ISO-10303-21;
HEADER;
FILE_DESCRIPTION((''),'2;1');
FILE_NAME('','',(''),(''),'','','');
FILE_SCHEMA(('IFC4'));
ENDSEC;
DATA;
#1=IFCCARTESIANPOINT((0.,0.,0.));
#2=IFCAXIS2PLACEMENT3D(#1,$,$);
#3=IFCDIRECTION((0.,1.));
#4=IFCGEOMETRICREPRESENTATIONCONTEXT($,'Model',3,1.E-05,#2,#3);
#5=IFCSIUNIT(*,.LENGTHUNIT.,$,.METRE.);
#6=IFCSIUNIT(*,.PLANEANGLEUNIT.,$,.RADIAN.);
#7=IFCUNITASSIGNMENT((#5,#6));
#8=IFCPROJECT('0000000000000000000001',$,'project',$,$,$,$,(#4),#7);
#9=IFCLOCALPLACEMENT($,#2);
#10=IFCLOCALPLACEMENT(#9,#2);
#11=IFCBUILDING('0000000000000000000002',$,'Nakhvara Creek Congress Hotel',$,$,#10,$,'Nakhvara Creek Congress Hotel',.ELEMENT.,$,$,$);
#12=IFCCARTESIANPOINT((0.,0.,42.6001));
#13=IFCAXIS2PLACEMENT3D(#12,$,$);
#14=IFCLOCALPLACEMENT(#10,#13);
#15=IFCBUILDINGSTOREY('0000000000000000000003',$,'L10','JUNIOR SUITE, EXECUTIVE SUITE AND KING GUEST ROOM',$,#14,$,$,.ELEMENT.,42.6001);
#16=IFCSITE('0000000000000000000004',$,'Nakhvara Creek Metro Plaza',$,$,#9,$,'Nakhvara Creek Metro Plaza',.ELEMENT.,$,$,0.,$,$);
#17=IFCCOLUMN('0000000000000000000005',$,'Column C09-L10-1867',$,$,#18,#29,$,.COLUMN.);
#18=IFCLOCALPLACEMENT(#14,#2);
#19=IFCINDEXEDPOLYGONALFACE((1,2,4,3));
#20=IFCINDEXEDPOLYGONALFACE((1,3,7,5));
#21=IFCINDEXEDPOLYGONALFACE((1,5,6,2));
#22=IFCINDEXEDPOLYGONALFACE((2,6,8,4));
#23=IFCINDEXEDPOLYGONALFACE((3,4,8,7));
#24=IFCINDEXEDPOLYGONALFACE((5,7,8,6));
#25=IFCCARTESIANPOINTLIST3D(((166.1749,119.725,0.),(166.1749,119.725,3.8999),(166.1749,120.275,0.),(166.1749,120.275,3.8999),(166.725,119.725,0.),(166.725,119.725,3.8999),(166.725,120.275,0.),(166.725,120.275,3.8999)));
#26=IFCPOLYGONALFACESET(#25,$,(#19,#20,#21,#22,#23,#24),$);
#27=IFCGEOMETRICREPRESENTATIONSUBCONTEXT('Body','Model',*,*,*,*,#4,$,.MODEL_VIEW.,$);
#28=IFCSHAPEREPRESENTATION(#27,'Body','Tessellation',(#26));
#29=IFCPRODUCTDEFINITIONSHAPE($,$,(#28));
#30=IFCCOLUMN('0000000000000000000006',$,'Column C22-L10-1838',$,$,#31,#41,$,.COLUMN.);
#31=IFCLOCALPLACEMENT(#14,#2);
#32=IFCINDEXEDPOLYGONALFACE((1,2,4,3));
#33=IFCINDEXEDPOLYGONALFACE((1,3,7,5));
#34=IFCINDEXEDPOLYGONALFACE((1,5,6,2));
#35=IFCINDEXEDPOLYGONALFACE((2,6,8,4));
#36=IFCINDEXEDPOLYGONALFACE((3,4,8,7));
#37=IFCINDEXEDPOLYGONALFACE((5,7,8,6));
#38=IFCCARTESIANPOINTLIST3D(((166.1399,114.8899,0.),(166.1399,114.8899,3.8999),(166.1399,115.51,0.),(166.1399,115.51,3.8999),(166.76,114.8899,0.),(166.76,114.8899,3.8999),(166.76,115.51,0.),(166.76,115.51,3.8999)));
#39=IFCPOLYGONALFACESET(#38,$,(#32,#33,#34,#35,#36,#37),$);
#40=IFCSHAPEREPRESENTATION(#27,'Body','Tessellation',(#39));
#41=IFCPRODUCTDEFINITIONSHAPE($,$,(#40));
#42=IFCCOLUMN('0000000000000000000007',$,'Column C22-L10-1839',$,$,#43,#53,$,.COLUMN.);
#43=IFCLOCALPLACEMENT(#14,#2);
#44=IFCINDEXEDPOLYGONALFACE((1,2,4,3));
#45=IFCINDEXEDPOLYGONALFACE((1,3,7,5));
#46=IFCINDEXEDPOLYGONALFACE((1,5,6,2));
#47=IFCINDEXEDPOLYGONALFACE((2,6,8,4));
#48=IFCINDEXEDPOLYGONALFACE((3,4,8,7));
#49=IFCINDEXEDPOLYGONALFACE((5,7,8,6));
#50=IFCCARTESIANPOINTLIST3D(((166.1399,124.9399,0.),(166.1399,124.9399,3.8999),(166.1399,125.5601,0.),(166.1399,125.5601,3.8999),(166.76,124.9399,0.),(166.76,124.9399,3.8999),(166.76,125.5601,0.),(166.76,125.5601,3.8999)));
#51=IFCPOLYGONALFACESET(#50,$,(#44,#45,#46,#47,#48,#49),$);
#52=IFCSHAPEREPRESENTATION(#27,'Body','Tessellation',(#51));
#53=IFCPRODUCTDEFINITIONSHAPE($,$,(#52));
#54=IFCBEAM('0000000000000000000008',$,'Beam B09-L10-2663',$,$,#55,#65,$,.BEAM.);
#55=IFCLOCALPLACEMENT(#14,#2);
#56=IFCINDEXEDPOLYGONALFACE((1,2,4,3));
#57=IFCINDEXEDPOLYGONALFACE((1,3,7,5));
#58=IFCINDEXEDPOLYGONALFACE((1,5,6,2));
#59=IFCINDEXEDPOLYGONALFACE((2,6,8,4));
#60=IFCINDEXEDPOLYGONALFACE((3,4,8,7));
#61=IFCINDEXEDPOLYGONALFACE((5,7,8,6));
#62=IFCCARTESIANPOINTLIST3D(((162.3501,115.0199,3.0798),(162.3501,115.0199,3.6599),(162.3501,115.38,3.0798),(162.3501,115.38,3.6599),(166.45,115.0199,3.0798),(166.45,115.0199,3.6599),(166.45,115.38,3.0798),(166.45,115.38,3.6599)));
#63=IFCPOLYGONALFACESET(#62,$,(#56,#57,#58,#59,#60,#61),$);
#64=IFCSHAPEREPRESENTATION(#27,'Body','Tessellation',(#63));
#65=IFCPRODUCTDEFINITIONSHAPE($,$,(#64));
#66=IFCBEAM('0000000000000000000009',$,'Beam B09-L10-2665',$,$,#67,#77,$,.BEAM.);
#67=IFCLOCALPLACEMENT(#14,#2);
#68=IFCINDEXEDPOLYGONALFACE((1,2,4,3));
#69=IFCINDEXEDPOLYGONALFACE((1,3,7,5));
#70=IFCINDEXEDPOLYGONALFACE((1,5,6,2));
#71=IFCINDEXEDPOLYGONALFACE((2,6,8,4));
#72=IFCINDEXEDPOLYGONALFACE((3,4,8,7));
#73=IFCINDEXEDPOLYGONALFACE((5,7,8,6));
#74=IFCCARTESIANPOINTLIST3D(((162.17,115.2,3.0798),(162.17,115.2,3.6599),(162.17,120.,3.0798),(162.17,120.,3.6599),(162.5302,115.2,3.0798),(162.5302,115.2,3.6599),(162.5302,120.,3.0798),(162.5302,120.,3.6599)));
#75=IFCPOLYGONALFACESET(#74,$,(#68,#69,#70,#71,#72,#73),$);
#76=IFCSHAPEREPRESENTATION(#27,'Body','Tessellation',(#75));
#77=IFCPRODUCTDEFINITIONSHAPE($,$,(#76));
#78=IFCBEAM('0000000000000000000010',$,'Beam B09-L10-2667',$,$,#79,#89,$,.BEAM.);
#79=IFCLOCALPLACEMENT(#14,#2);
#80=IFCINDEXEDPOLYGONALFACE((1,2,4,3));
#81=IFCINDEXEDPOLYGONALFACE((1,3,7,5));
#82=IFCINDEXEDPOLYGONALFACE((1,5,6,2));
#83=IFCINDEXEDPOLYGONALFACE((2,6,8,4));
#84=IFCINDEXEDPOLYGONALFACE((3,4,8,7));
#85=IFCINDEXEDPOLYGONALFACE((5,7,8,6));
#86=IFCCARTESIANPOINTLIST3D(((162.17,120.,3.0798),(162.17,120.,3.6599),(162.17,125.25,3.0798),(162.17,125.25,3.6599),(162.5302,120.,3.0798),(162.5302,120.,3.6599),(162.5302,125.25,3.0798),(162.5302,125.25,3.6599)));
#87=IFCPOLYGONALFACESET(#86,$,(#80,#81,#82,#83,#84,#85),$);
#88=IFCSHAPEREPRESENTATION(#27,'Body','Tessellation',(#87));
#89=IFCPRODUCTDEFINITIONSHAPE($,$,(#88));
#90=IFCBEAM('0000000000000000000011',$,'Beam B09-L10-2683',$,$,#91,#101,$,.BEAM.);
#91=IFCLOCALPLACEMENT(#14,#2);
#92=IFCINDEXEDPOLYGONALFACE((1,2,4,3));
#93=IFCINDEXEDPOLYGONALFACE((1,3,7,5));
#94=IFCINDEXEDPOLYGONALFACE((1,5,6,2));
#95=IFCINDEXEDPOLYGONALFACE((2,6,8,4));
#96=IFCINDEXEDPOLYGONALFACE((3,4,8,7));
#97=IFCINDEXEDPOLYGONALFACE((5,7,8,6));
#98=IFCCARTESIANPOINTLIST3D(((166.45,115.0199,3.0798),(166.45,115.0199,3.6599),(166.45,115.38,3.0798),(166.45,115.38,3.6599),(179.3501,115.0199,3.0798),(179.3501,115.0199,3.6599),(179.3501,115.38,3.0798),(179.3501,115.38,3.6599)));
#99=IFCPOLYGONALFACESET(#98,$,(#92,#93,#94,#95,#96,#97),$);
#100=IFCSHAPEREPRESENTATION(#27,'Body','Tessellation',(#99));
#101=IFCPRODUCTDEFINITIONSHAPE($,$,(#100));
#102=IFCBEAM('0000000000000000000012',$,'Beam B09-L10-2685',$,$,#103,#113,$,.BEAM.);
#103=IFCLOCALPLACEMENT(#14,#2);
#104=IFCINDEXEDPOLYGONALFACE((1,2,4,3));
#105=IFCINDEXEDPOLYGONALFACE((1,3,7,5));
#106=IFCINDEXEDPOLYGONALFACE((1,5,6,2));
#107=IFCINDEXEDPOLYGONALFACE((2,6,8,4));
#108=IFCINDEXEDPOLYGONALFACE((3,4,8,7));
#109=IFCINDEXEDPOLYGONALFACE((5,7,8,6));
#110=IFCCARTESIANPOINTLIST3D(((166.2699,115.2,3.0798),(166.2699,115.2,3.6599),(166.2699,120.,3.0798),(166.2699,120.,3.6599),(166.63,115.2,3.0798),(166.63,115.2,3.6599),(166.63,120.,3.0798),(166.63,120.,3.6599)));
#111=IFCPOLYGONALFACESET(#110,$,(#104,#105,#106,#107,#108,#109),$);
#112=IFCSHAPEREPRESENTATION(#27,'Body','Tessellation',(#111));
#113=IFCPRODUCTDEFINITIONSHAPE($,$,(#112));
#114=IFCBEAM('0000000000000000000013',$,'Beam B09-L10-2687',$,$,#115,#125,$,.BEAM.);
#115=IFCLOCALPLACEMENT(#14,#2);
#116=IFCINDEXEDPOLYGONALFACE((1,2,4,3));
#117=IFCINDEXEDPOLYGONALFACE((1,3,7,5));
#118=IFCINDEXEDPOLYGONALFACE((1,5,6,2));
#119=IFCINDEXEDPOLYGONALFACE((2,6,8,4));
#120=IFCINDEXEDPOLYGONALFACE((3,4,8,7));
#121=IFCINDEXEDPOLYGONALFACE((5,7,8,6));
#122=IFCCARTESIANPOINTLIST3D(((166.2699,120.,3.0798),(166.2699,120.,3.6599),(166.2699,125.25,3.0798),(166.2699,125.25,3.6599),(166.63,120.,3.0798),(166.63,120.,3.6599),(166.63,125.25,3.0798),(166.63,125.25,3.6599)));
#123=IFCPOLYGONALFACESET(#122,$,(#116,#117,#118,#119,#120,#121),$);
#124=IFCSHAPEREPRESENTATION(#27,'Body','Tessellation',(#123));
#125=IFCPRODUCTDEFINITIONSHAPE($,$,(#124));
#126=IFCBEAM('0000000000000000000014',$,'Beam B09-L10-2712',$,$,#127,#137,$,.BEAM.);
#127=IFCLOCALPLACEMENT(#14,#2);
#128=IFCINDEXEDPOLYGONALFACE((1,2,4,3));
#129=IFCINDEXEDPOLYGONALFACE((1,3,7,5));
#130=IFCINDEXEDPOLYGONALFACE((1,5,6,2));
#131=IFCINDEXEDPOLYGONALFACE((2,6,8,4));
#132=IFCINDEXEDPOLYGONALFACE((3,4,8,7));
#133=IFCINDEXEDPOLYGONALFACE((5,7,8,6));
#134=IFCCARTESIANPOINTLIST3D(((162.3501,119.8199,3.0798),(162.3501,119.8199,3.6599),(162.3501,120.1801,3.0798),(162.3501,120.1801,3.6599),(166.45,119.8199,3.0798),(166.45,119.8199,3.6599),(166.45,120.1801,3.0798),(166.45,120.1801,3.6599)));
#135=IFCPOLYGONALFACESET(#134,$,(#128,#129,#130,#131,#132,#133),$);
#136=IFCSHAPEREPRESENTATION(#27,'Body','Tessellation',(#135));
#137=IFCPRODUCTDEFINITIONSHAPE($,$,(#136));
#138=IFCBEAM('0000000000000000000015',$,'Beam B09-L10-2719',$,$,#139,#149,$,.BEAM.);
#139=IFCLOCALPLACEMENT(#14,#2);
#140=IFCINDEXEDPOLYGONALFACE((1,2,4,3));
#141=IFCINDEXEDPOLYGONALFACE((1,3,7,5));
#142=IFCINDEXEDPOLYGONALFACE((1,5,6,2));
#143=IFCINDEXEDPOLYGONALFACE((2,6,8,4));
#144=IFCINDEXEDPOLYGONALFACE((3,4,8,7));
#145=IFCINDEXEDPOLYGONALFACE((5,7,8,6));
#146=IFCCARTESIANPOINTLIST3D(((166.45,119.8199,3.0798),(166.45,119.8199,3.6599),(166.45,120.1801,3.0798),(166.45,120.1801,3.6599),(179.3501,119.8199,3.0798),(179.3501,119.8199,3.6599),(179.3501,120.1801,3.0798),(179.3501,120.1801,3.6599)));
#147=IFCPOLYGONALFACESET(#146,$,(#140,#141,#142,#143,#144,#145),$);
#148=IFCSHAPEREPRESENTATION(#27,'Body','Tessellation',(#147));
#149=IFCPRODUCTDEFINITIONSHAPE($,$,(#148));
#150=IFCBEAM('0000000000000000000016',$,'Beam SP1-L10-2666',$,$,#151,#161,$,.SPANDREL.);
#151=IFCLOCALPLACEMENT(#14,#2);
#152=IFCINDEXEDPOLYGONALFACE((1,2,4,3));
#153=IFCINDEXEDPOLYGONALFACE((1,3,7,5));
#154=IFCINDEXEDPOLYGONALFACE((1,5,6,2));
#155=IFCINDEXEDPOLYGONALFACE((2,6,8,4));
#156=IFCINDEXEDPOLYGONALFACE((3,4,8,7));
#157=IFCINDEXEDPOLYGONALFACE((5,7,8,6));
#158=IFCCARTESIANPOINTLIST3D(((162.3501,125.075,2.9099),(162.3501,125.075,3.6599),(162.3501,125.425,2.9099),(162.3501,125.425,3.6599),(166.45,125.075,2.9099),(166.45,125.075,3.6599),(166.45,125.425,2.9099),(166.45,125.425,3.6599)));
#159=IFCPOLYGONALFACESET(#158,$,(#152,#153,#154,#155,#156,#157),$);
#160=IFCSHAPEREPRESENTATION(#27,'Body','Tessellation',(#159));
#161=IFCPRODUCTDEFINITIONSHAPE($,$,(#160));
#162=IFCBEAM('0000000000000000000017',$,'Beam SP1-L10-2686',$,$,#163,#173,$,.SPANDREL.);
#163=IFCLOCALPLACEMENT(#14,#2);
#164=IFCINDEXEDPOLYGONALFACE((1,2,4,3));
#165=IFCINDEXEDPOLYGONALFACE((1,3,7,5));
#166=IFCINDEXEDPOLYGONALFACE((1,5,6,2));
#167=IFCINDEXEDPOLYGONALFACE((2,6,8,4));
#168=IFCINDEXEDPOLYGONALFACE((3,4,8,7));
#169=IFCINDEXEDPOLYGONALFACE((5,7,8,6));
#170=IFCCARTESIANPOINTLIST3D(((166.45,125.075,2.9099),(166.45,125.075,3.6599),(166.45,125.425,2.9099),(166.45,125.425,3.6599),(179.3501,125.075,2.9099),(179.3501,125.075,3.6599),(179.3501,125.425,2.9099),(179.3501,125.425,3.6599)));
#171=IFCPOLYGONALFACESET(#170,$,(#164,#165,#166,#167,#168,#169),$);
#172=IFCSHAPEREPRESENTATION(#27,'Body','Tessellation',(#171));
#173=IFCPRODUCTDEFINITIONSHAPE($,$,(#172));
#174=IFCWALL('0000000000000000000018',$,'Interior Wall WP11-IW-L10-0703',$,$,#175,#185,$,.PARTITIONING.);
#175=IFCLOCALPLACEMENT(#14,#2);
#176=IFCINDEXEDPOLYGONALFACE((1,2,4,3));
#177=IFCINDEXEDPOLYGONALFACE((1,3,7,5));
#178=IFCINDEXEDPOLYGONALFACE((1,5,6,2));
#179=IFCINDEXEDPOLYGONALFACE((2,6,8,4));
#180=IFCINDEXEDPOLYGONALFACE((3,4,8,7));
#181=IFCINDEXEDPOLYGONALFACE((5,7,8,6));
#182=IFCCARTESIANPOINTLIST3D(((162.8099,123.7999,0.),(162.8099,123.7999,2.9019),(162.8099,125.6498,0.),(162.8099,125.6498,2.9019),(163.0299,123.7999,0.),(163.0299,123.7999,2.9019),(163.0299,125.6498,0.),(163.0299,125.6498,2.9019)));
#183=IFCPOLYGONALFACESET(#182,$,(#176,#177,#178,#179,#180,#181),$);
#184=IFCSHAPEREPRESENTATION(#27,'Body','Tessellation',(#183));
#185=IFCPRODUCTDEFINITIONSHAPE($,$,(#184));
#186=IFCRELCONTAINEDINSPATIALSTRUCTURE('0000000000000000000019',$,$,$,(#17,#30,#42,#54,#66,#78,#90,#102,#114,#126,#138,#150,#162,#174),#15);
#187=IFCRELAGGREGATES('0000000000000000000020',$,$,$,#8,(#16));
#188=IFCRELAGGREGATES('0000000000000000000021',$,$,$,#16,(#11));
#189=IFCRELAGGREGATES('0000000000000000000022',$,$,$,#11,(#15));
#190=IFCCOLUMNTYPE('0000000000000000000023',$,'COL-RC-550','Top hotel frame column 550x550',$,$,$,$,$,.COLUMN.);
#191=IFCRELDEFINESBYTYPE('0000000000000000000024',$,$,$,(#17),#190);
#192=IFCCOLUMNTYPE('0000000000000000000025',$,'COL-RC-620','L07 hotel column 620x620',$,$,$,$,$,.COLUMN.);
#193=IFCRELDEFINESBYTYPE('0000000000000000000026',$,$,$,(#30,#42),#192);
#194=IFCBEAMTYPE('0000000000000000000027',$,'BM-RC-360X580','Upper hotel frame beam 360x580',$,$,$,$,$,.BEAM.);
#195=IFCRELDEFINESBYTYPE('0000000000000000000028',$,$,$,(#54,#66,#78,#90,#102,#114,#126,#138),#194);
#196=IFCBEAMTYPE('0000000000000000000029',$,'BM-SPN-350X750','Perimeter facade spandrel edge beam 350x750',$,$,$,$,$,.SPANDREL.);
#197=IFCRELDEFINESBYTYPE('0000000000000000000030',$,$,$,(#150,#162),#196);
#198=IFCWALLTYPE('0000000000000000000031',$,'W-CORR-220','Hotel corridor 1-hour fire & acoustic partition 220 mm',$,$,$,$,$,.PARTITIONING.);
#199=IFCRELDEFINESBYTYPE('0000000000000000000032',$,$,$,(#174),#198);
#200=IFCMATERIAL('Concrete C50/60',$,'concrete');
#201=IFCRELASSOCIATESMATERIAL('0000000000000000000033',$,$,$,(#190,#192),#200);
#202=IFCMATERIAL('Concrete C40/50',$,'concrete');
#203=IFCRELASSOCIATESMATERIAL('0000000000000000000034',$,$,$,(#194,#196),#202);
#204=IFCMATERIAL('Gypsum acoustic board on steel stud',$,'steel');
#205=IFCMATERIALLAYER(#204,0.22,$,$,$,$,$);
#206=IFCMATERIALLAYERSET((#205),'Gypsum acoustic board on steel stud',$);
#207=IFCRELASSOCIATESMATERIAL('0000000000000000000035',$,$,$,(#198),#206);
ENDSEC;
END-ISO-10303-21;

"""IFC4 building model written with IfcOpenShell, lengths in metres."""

from ifc_helpers import new_model, si_unit, direction, frame, frame_2d, origin, origin_2d, place, context, subcontext, project, spatial, rectangle, extrude, material, layer, layer_set, material_profile, profile_set, type_object, element, save


model = new_model("IFC4")

# Units and contexts
model_context = context("Model", 3, precision=1e-05, world=origin(), true_north=direction((0.0, 1.0)))
body_context = subcontext(model_context, "Body", "Model", "MODEL_VIEW")
ifc_project = project(units=[si_unit("LENGTHUNIT", "METRE"), si_unit("PLANEANGLEUNIT", "RADIAN")], contexts=[model_context])

# Site, building, storey
site_placement = place(None, origin())
site = spatial("IfcSite", under=ifc_project, at=site_placement, Name="Nakhvara Creek Metro Plaza", LongName="Nakhvara Creek Metro Plaza", CompositionType="ELEMENT", RefElevation=0.0)
building_placement = place(site_placement, origin())
building = spatial("IfcBuilding", under=site, at=building_placement, Name="Nakhvara Creek Congress Hotel", LongName="Nakhvara Creek Congress Hotel", CompositionType="ELEMENT")
storey_placement = place(building_placement, frame((0.0, 0.0, 42.6001)))
storey = spatial("IfcBuildingStorey", under=building, at=storey_placement, Name="L10", Description="JUNIOR SUITE, EXECUTIVE SUITE AND KING GUEST ROOM", CompositionType="ELEMENT", Elevation=42.6001)

# Columns
ifc_material_1 = material(Name="Concrete C50/60", Category="concrete")
ifc_material_profile_1 = material_profile(ifc_material_1, rectangle(XDim=0.55, YDim=0.55, at=origin_2d()), Name="RC-COL 550x550", Category="LoadBearing")
ifc_profile_set_1 = profile_set([ifc_material_profile_1], Name="Concrete C50/60")
column_type_1 = type_object("IfcColumnType", Name="COL-RC-550", Description="Top hotel frame column 550x550", PredefinedType="COLUMN", material=ifc_profile_set_1)
column_placement = place(storey_placement, frame((166.45, 120.0, 0.0), z_axis=(0.0, 0.0, 1.0), x_axis=(1.0, 0.0, 0.0)))
element("IfcColumn", 1, at=column_placement, inside=storey, type_object=column_type_1, Name="Column C09-L10-1867", PredefinedType="COLUMN", context=body_context, shape_type="SweptSolid", body=[
    extrude(rectangle(XDim=0.55, YDim=0.55, at=origin_2d()), origin(), (0.0, 0.0, 1.0), 3.8999),
])
ifc_material_profile_2 = material_profile(ifc_material_1, rectangle(XDim=0.6201, YDim=0.6201, at=origin_2d()), Name="RC-COL 620x620", Category="LoadBearing")
ifc_profile_set_2 = profile_set([ifc_material_profile_2], Name="Concrete C50/60")
column_type_2 = type_object("IfcColumnType", Name="COL-RC-620", Description="L07 hotel column 620x620", PredefinedType="COLUMN", material=ifc_profile_set_2)
for number, where, z_axis, x_axis, name in (
    (2, (166.45, 115.2, 0.0), (0.0, 0.0, 1.0), (1.0, 0.0, 0.0), "Column C22-L10-1838"),
    (3, (166.45, 125.25, 0.0), (0.0, 0.0, 1.0), (1.0, 0.0, 0.0), "Column C22-L10-1839"),
):
    element("IfcColumn", number, at=place(storey_placement, frame(where, z_axis=z_axis, x_axis=x_axis)), inside=storey, type_object=column_type_2, Name=name, PredefinedType="COLUMN", context=body_context, shape_type="SweptSolid", body=[
        extrude(rectangle(XDim=0.6201, YDim=0.6201, at=origin_2d()), origin(), (0.0, 0.0, 1.0), 3.8999),
    ])

# Beams
ifc_material_2 = material(Name="Concrete C40/50", Category="concrete")
ifc_material_profile_3 = material_profile(ifc_material_2, rectangle(XDim=0.3601, YDim=0.5801, at=origin_2d()), Name="RC-BM 360x580", Category="LoadBearing")
ifc_profile_set_3 = profile_set([ifc_material_profile_3], Name="Concrete C40/50")
beam_type_1 = type_object("IfcBeamType", Name="BM-RC-360X580", Description="Upper hotel frame beam 360x580", PredefinedType="BEAM", material=ifc_profile_set_3)
beam_1_placement = place(storey_placement, frame((162.3501, 115.2, 3.3699), z_axis=(1.0, 0.0, 0.0), x_axis=(0.0, 1.0, 0.0)))
element("IfcBeam", 4, at=beam_1_placement, inside=storey, type_object=beam_type_1, Name="Beam B09-L10-2663", PredefinedType="BEAM", context=body_context, shape_type="SweptSolid", body=[
    extrude(rectangle(XDim=0.3601, YDim=0.5801, at=origin_2d()), origin(), (0.0, 0.0, 1.0), 4.0999),
])
beam_2_placement = place(storey_placement, frame((162.3501, 115.2, 3.3699), z_axis=(0.0, 1.0, 0.0), x_axis=(-1.0, 0.0, 0.0)))
element("IfcBeam", 5, at=beam_2_placement, inside=storey, type_object=beam_type_1, Name="Beam B09-L10-2665", PredefinedType="BEAM", context=body_context, shape_type="SweptSolid", body=[
    extrude(rectangle(XDim=0.3601, YDim=0.5801, at=origin_2d()), origin(), (0.0, 0.0, 1.0), 4.8),
])
beam_3_placement = place(storey_placement, frame((162.3501, 120.0, 3.3699), z_axis=(0.0, 1.0, 0.0), x_axis=(-1.0, 0.0, 0.0)))
element("IfcBeam", 6, at=beam_3_placement, inside=storey, type_object=beam_type_1, Name="Beam B09-L10-2667", PredefinedType="BEAM", context=body_context, shape_type="SweptSolid", body=[
    extrude(rectangle(XDim=0.3601, YDim=0.5801, at=origin_2d()), origin(), (0.0, 0.0, 1.0), 5.25),
])
beam_4_placement = place(storey_placement, frame((166.45, 115.2, 3.3699), z_axis=(1.0, 0.0, 0.0), x_axis=(0.0, 1.0, 0.0)))
element("IfcBeam", 7, at=beam_4_placement, inside=storey, type_object=beam_type_1, Name="Beam B09-L10-2683", PredefinedType="BEAM", context=body_context, shape_type="SweptSolid", body=[
    extrude(rectangle(XDim=0.3601, YDim=0.5801, at=origin_2d()), origin(), (0.0, 0.0, 1.0), 12.9001),
])
beam_5_placement = place(storey_placement, frame((166.45, 115.2, 3.3699), z_axis=(0.0, 1.0, 0.0), x_axis=(-1.0, 0.0, 0.0)))
element("IfcBeam", 8, at=beam_5_placement, inside=storey, type_object=beam_type_1, Name="Beam B09-L10-2685", PredefinedType="BEAM", context=body_context, shape_type="SweptSolid", body=[
    extrude(rectangle(XDim=0.3601, YDim=0.5801, at=origin_2d()), origin(), (0.0, 0.0, 1.0), 4.8),
])
beam_6_placement = place(storey_placement, frame((166.45, 120.0, 3.3699), z_axis=(0.0, 1.0, 0.0), x_axis=(-1.0, 0.0, 0.0)))
element("IfcBeam", 9, at=beam_6_placement, inside=storey, type_object=beam_type_1, Name="Beam B09-L10-2687", PredefinedType="BEAM", context=body_context, shape_type="SweptSolid", body=[
    extrude(rectangle(XDim=0.3601, YDim=0.5801, at=origin_2d()), origin(), (0.0, 0.0, 1.0), 5.25),
])
beam_7_placement = place(storey_placement, frame((162.3501, 120.0, 3.3699), z_axis=(1.0, 0.0, 0.0), x_axis=(0.0, 1.0, 0.0)))
element("IfcBeam", 10, at=beam_7_placement, inside=storey, type_object=beam_type_1, Name="Beam B09-L10-2712", PredefinedType="BEAM", context=body_context, shape_type="SweptSolid", body=[
    extrude(rectangle(XDim=0.3601, YDim=0.5801, at=origin_2d()), origin(), (0.0, 0.0, 1.0), 4.0999),
])
beam_8_placement = place(storey_placement, frame((166.45, 120.0, 3.3699), z_axis=(1.0, 0.0, 0.0), x_axis=(0.0, 1.0, 0.0)))
element("IfcBeam", 11, at=beam_8_placement, inside=storey, type_object=beam_type_1, Name="Beam B09-L10-2719", PredefinedType="BEAM", context=body_context, shape_type="SweptSolid", body=[
    extrude(rectangle(XDim=0.3601, YDim=0.5801, at=origin_2d()), origin(), (0.0, 0.0, 1.0), 12.9001),
])
ifc_material_profile_4 = material_profile(ifc_material_2, rectangle(XDim=0.3501, YDim=0.75, at=origin_2d()), Name="RC-SPANDREL 350x750", Category="LoadBearing")
ifc_profile_set_4 = profile_set([ifc_material_profile_4], Name="Concrete C40/50")
beam_type_2 = type_object("IfcBeamType", Name="BM-SPN-350X750", Description="Perimeter facade spandrel edge beam 350x750", PredefinedType="SPANDREL", material=ifc_profile_set_4)
beam_9_placement = place(storey_placement, frame((162.3501, 125.25, 3.2849), z_axis=(1.0, 0.0, 0.0), x_axis=(0.0, 1.0, 0.0)))
element("IfcBeam", 12, at=beam_9_placement, inside=storey, type_object=beam_type_2, Name="Beam SP1-L10-2666", PredefinedType="SPANDREL", context=body_context, shape_type="SweptSolid", body=[
    extrude(rectangle(XDim=0.3501, YDim=0.75, at=origin_2d()), origin(), (0.0, 0.0, 1.0), 4.0999),
])
beam_10_placement = place(storey_placement, frame((166.45, 125.25, 3.2849), z_axis=(1.0, 0.0, 0.0), x_axis=(0.0, 1.0, 0.0)))
element("IfcBeam", 13, at=beam_10_placement, inside=storey, type_object=beam_type_2, Name="Beam SP1-L10-2686", PredefinedType="SPANDREL", context=body_context, shape_type="SweptSolid", body=[
    extrude(rectangle(XDim=0.3501, YDim=0.75, at=origin_2d()), origin(), (0.0, 0.0, 1.0), 12.9001),
])

# Wall
ifc_material_3 = material(Name="Gypsum acoustic board on steel stud", Category="steel")
ifc_layer_1 = layer(ifc_material_3, 0.22)
ifc_layer_set_1 = layer_set([ifc_layer_1], Name="Gypsum acoustic board on steel stud")
wall_type_1 = type_object("IfcWallType", Name="W-CORR-220", Description="Hotel corridor 1-hour fire & acoustic partition 220 mm", PredefinedType="PARTITIONING", material=ifc_layer_set_1)
wall_placement = place(storey_placement, frame((162.9199, 123.8, 0.0), z_axis=(0.0, 0.0, 1.0), x_axis=(0.0, 1.0, 0.0)))
element("IfcWall", 14, at=wall_placement, inside=storey, type_object=wall_type_1, Name="Interior Wall WP11-IW-L10-0703", PredefinedType="PARTITIONING", context=body_context, shape_type="SweptSolid", body=[
    extrude(rectangle(XDim=1.8499, YDim=0.22, at=frame_2d((0.9248, 0.0))), origin(), (0.0, 0.0, 1.0), 2.9019),
])

save(model, "model.ifc")
